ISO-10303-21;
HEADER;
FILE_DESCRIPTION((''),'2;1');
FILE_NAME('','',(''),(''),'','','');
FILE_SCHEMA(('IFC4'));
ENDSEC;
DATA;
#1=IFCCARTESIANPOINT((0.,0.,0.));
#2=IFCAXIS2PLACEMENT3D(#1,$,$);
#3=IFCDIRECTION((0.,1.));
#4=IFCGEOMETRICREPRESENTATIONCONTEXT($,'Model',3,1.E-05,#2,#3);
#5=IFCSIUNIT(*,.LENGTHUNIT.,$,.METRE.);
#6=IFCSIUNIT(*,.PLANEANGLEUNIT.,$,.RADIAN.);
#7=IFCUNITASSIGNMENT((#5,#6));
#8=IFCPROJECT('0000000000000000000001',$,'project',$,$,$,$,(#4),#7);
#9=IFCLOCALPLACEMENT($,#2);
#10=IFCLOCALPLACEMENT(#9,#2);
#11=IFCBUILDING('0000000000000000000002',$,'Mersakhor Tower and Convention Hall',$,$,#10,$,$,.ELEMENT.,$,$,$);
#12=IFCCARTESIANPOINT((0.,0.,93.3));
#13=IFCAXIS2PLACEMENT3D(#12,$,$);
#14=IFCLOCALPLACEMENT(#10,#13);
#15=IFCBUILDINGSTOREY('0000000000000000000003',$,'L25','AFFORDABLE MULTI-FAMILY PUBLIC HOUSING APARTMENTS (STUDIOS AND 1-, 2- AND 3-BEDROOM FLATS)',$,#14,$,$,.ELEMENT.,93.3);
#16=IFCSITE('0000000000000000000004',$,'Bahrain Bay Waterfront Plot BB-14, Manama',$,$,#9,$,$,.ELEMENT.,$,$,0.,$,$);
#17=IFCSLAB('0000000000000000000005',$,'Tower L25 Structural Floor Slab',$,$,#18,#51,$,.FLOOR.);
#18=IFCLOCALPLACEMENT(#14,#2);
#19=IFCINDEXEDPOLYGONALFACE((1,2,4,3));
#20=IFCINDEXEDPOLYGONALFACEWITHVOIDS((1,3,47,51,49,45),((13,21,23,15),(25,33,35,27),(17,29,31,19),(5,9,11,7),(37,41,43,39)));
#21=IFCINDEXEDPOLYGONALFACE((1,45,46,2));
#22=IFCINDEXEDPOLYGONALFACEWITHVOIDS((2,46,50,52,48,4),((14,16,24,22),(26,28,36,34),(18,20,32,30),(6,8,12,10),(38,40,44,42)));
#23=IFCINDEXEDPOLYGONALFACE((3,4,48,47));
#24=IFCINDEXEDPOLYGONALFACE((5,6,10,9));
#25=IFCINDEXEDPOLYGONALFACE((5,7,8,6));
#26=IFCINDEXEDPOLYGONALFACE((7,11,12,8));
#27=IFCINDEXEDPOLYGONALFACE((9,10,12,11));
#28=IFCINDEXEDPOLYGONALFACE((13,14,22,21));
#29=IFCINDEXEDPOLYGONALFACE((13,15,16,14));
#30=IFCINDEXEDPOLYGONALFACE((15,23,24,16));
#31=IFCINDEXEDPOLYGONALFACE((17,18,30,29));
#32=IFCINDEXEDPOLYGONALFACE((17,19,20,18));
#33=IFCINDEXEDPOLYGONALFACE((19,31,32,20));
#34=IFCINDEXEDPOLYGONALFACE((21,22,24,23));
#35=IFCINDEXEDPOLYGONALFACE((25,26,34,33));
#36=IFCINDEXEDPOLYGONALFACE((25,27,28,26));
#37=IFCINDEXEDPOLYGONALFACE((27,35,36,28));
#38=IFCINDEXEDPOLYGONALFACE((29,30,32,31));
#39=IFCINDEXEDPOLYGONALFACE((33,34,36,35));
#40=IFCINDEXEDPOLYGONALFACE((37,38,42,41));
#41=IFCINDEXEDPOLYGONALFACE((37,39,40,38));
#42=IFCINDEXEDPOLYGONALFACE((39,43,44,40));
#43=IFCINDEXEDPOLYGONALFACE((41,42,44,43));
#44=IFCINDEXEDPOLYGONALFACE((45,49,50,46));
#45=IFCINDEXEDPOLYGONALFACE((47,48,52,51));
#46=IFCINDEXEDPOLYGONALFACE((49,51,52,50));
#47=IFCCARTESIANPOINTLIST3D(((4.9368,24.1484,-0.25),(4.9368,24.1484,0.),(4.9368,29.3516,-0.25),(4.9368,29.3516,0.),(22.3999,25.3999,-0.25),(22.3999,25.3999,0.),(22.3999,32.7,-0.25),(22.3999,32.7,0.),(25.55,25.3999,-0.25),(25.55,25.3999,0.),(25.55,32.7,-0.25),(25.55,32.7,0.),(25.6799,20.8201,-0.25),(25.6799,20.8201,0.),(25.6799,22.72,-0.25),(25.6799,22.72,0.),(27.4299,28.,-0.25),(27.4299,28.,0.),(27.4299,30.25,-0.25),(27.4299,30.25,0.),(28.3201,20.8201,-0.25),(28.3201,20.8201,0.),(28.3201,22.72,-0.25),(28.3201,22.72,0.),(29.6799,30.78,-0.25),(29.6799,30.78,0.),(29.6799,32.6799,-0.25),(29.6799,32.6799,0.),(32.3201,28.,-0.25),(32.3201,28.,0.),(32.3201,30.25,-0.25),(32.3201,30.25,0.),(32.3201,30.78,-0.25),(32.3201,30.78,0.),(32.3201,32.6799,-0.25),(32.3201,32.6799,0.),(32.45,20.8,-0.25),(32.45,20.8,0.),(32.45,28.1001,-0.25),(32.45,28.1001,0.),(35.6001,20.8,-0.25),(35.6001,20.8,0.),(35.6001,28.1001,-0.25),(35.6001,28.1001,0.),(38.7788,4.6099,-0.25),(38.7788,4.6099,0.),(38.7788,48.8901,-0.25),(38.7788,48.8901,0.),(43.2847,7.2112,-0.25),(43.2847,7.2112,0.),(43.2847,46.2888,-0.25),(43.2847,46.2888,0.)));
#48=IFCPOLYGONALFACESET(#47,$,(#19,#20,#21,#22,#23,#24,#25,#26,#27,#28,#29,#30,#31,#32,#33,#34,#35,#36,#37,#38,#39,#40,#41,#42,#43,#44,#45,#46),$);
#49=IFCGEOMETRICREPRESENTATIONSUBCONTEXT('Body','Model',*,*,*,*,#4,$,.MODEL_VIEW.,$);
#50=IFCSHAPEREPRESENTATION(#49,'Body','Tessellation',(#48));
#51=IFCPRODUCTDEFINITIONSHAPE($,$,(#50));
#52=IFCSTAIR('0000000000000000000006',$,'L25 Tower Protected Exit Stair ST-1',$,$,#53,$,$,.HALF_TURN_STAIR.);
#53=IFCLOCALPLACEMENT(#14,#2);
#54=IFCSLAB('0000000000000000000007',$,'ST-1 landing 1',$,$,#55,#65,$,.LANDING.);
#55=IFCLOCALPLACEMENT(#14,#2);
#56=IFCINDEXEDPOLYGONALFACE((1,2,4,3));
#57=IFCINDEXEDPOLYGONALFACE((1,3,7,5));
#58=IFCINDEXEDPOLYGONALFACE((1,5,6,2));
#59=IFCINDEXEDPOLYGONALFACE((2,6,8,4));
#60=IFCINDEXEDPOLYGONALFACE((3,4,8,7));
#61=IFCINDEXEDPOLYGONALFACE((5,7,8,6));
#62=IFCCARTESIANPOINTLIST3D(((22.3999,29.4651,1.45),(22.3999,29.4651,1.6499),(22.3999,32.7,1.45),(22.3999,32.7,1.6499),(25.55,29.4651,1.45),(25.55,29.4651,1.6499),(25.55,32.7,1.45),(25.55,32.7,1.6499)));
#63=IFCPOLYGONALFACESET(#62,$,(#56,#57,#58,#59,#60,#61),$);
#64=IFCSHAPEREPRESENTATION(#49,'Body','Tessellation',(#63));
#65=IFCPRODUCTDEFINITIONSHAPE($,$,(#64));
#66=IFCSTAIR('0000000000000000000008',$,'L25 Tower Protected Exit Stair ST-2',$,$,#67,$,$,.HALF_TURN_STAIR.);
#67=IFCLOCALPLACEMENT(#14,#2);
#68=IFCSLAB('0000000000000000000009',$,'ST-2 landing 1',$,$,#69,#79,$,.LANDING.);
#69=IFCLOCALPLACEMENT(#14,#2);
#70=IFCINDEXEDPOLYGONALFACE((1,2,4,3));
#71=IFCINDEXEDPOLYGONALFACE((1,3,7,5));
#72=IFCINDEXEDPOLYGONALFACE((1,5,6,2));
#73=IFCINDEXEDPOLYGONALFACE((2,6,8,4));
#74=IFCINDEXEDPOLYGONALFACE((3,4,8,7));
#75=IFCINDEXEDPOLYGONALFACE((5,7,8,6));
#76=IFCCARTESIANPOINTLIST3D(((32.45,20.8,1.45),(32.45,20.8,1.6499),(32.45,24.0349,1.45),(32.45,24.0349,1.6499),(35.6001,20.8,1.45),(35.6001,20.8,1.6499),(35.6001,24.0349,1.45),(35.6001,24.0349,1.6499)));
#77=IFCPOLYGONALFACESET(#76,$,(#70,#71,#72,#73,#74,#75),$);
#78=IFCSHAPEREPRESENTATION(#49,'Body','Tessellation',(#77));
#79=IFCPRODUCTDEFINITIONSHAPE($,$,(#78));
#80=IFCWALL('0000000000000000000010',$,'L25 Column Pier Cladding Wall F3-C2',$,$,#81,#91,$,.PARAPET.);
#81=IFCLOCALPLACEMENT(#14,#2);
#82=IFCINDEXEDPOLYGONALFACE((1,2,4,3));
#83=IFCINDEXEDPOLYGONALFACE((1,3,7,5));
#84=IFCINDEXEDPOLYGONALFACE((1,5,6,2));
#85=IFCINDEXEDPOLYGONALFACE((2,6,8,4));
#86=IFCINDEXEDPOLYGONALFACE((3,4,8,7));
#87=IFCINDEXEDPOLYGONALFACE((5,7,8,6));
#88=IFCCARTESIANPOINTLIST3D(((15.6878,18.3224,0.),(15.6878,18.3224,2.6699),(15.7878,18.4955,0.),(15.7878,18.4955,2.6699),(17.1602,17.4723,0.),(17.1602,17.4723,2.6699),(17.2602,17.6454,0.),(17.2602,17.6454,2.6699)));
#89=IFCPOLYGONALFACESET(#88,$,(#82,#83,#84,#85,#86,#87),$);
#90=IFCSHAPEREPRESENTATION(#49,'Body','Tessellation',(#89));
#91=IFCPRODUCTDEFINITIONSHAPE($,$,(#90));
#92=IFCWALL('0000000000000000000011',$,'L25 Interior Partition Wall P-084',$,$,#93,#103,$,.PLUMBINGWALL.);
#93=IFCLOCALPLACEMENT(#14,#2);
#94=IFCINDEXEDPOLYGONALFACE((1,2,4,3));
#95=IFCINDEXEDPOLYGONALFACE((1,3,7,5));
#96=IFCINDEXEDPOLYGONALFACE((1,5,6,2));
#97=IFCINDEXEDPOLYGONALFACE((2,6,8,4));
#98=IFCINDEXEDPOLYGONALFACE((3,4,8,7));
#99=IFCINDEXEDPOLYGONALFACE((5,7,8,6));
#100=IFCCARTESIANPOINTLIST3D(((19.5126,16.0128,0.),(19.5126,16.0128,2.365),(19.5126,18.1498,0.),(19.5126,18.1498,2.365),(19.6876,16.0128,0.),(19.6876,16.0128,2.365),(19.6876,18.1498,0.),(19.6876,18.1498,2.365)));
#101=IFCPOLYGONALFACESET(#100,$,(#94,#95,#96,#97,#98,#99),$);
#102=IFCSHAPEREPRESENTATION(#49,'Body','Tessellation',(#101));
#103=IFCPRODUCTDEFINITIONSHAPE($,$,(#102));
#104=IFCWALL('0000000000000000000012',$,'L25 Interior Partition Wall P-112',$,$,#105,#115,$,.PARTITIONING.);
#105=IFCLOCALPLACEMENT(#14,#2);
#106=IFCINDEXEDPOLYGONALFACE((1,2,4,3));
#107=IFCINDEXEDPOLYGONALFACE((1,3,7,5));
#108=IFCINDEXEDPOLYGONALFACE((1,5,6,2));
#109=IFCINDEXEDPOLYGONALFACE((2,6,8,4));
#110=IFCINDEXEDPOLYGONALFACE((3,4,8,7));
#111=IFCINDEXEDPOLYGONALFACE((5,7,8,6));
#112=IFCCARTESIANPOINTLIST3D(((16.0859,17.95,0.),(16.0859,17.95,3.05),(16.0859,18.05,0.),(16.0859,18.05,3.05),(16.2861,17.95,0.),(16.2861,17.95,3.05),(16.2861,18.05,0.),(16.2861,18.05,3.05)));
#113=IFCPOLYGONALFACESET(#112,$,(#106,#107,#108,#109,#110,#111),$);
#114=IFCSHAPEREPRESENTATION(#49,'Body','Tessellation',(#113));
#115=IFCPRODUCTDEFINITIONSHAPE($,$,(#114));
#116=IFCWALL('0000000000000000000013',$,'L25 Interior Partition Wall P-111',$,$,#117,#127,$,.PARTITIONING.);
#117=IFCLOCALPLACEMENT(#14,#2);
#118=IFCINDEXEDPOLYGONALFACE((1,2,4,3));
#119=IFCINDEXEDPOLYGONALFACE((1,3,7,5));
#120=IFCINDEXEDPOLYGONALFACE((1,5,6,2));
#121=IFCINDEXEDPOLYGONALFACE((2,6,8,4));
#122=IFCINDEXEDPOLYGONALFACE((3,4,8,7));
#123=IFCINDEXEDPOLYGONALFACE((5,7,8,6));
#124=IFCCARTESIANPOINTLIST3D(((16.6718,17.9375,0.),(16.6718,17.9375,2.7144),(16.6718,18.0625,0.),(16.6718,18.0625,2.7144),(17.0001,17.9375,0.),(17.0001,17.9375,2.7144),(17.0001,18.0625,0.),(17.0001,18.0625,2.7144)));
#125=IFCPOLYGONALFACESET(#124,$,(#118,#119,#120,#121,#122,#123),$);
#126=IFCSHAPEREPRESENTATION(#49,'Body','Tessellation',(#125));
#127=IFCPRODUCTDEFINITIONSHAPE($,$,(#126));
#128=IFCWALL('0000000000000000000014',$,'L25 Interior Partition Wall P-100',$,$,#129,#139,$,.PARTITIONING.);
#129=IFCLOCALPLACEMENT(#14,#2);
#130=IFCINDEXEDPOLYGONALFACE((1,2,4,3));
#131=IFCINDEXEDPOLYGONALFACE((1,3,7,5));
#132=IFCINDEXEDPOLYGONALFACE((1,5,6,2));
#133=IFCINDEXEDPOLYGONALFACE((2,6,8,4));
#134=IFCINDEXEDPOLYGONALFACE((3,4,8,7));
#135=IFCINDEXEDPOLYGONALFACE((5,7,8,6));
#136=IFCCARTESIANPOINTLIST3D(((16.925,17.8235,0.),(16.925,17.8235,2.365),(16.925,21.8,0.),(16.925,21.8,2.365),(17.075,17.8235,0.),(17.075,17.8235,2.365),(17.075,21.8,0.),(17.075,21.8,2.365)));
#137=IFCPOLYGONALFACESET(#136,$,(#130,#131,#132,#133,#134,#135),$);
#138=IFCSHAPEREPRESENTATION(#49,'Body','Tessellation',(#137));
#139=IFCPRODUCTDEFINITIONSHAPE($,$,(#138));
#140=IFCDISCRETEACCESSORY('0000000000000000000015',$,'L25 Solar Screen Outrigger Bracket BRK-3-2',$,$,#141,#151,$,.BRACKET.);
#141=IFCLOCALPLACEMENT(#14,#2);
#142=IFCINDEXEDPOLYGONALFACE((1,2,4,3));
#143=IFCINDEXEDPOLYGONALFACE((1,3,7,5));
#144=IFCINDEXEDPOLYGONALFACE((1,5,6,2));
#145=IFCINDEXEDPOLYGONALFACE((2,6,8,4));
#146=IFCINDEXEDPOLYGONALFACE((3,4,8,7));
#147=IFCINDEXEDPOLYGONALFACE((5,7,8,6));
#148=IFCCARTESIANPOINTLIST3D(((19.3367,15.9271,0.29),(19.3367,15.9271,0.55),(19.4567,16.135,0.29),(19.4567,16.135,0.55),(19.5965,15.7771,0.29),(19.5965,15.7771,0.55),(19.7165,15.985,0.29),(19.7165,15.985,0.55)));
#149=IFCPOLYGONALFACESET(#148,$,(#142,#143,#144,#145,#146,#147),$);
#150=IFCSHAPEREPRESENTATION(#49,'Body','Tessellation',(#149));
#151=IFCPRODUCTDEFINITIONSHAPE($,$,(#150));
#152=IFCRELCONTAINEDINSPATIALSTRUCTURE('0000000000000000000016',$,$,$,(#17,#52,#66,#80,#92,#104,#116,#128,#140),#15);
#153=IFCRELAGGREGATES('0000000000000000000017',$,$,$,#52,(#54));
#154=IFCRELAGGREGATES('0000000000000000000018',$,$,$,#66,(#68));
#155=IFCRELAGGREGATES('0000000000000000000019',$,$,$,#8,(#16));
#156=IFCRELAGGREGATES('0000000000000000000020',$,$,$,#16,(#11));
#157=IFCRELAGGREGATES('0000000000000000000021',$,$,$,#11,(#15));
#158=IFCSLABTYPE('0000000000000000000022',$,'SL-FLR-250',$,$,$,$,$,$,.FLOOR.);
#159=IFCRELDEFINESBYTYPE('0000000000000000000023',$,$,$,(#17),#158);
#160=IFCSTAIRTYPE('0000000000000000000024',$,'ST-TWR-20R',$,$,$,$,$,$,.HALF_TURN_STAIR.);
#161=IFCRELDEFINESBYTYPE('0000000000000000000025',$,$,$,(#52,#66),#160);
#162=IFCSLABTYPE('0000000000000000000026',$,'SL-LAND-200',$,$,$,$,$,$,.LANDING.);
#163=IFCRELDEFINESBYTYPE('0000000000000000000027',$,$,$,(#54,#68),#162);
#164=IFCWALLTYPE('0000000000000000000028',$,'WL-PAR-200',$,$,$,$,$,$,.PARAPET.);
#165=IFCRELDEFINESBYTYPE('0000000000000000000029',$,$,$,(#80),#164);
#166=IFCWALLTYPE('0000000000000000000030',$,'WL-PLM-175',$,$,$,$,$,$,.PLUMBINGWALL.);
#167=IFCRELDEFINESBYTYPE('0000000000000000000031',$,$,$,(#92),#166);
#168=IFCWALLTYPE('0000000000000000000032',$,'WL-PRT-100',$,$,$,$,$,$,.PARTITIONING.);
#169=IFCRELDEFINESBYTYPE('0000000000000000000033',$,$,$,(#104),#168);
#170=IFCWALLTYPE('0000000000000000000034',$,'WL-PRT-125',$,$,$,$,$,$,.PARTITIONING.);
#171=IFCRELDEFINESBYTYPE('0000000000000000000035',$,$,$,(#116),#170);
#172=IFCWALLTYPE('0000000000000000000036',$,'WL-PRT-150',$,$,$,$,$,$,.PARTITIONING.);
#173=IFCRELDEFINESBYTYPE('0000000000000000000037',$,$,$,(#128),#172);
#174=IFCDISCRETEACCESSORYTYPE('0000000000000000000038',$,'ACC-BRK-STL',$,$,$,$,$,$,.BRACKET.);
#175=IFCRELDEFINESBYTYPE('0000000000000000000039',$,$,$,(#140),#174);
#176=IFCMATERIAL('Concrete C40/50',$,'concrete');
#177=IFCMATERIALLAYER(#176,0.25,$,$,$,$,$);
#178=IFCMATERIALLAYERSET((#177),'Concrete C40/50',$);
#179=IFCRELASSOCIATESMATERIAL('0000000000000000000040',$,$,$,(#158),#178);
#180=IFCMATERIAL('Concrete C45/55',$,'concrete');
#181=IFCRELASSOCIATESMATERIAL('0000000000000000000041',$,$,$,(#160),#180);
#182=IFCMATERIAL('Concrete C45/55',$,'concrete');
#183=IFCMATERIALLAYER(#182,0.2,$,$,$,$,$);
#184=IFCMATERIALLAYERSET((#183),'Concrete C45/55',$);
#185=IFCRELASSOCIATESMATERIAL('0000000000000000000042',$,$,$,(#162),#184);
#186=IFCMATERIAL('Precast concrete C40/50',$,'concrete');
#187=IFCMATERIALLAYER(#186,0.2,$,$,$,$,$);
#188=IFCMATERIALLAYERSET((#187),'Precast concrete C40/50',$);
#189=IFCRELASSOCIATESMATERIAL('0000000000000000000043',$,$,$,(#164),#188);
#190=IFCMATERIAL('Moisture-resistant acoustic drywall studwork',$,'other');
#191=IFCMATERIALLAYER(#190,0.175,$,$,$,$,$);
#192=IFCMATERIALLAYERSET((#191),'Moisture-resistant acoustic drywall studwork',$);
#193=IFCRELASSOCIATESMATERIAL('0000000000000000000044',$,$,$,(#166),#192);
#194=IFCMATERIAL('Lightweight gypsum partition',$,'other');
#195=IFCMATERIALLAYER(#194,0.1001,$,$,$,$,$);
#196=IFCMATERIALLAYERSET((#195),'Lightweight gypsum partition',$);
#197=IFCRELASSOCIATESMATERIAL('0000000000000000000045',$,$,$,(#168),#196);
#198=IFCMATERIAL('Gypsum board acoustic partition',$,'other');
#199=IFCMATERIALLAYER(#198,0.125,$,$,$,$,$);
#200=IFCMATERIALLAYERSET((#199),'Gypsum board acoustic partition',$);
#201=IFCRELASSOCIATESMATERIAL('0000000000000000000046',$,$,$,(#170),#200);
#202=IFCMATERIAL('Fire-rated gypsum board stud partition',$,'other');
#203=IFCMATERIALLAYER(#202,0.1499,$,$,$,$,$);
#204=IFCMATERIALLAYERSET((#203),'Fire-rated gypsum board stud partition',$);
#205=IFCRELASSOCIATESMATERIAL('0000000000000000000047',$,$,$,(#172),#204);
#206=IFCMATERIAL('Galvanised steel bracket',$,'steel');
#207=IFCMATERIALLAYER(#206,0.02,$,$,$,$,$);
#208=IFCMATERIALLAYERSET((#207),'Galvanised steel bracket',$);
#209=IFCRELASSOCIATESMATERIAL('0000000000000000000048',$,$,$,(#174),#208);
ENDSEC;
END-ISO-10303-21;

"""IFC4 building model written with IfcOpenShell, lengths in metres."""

from ifc_helpers import new_model, si_unit, direction, frame, frame_2d, origin, origin_2d, place, context, subcontext, project, spatial, polyline, rectangle, outline, extrude, material, layer, layer_set, type_object, element, aggregate, save


model = new_model("IFC4")

# Units and contexts
model_context = context("Model", 3, precision=1e-05, world=origin(), true_north=direction((0.0, 1.0)))
body_context = subcontext(model_context, "Body", "Model", "MODEL_VIEW")
ifc_project = project(units=[si_unit("LENGTHUNIT", "METRE"), si_unit("PLANEANGLEUNIT", "RADIAN")], contexts=[model_context])

# Site, building, storey
site_placement = place(None, origin())
site = spatial("IfcSite", under=ifc_project, at=site_placement, Name="Bahrain Bay Waterfront Plot BB-14, Manama", CompositionType="ELEMENT", RefElevation=0.0)
building_placement = place(site_placement, origin())
building = spatial("IfcBuilding", under=site, at=building_placement, Name="Mersakhor Tower and Convention Hall", CompositionType="ELEMENT")
storey_placement = place(building_placement, frame((0.0, 0.0, 93.3)))
storey = spatial("IfcBuildingStorey", under=building, at=storey_placement, Name="L25", Description="AFFORDABLE MULTI-FAMILY PUBLIC HOUSING APARTMENTS (STUDIOS AND 1-, 2- AND 3-BEDROOM FLATS)", CompositionType="ELEMENT", Elevation=93.3)

# Slab
ifc_material_1 = material(Name="Concrete C40/50", Category="concrete")
ifc_layer_1 = layer(ifc_material_1, 0.25)
ifc_layer_set_1 = layer_set([ifc_layer_1], Name="Concrete C40/50")
slab_type_1 = type_object("IfcSlabType", Name="SL-FLR-250", PredefinedType="FLOOR", material=ifc_layer_set_1)
slab_1_placement = place(storey_placement, frame((0.0, 0.0, -0.25)))
element("IfcSlab", 1, at=slab_1_placement, inside=storey, type_object=slab_type_1, Name="Tower L25 Structural Floor Slab", PredefinedType="FLOOR", context=body_context, shape_type="SweptSolid", body=[
    extrude(outline(polyline([(4.9368, 29.3516), (38.7788, 48.8901), (43.2847, 46.2888), (43.2847, 7.2112), (38.7788, 4.6099), (4.9368, 24.1484), (4.9368, 29.3516)]), holes=[polyline([(25.55, 25.3999), (25.55, 32.7), (22.3999, 32.7), (22.3999, 25.3999), (25.55, 25.3999)]), polyline([(32.45, 28.1001), (32.45, 20.8), (35.6001, 20.8), (35.6001, 28.1001), (32.45, 28.1001)]), polyline([(25.6799, 20.8201), (25.6799, 22.72), (28.3201, 22.72), (28.3201, 20.8201), (25.6799, 20.8201)]), polyline([(29.6799, 30.78), (29.6799, 32.6799), (32.3201, 32.6799), (32.3201, 30.78), (29.6799, 30.78)]), polyline([(27.4299, 28.0), (27.4299, 30.25), (32.3201, 30.25), (32.3201, 28.0), (27.4299, 28.0)])]), origin(), (0.0, 0.0, 1.0), 0.25),
])

# Stairs, slabs
ifc_material_2 = material(Name="Concrete C45/55", Category="concrete")
stair_type = type_object("IfcStairType", Name="ST-TWR-20R", PredefinedType="HALF_TURN_STAIR", material=ifc_material_2)
stair_1_placement = place(storey_placement, origin())
stair_1 = element("IfcStair", 2, at=stair_1_placement, inside=storey, type_object=stair_type, Name="L25 Tower Protected Exit Stair ST-1", PredefinedType="HALF_TURN_STAIR")
ifc_material_3 = material(Name="Concrete C45/55", Category="concrete")
ifc_layer_2 = layer(ifc_material_3, 0.2)
ifc_layer_set_2 = layer_set([ifc_layer_2], Name="Concrete C45/55")
slab_type_2 = type_object("IfcSlabType", Name="SL-LAND-200", PredefinedType="LANDING", material=ifc_layer_set_2)
slab_2_placement = place(storey_placement, frame((0.0, 0.0, 1.45)))
slab_2 = element("IfcSlab", 3, at=slab_2_placement, type_object=slab_type_2, Name="ST-1 landing 1", PredefinedType="LANDING", context=body_context, shape_type="SweptSolid", body=[
    extrude(outline(polyline([(25.55, 29.4651), (25.55, 32.7), (22.3999, 32.7), (22.3999, 29.4651), (25.55, 29.4651)])), origin(), (0.0, 0.0, 1.0), 0.2),
])
aggregate(stair_1, [slab_2])
stair_2_placement = place(storey_placement, origin())
stair_2 = element("IfcStair", 4, at=stair_2_placement, inside=storey, type_object=stair_type, Name="L25 Tower Protected Exit Stair ST-2", PredefinedType="HALF_TURN_STAIR")
slab_3_placement = place(storey_placement, frame((0.0, 0.0, 1.45)))
slab_3 = element("IfcSlab", 5, at=slab_3_placement, type_object=slab_type_2, Name="ST-2 landing 1", PredefinedType="LANDING", context=body_context, shape_type="SweptSolid", body=[
    extrude(outline(polyline([(32.45, 24.0349), (32.45, 20.8), (35.6001, 20.8), (35.6001, 24.0349), (32.45, 24.0349)])), origin(), (0.0, 0.0, 1.0), 0.2),
])
aggregate(stair_2, [slab_3])

# Walls
ifc_material_4 = material(Name="Precast concrete C40/50", Category="concrete")
ifc_layer_3 = layer(ifc_material_4, 0.2)
ifc_layer_set_3 = layer_set([ifc_layer_3], Name="Precast concrete C40/50")
wall_type_1 = type_object("IfcWallType", Name="WL-PAR-200", PredefinedType="PARAPET", material=ifc_layer_set_3)
wall_1_placement = place(storey_placement, frame((17.2102, 17.5588, 0.0), z_axis=(0.0, 0.0, 1.0), x_axis=(-0.866025, 0.5, 0.0)))
element("IfcWall", 6, at=wall_1_placement, inside=storey, type_object=wall_type_1, Name="L25 Column Pier Cladding Wall F3-C2", PredefinedType="PARAPET", context=body_context, shape_type="SweptSolid", body=[
    extrude(rectangle(XDim=1.7002, YDim=0.2, at=frame_2d((0.8501, 0.0))), origin(), (0.0, 0.0, 1.0), 2.6699),
])
ifc_material_5 = material(Name="Moisture-resistant acoustic drywall studwork", Category="other")
ifc_layer_4 = layer(ifc_material_5, 0.175)
ifc_layer_set_4 = layer_set([ifc_layer_4], Name="Moisture-resistant acoustic drywall studwork")
wall_type_2 = type_object("IfcWallType", Name="WL-PLM-175", PredefinedType="PLUMBINGWALL", material=ifc_layer_set_4)
wall_2_placement = place(storey_placement, frame((19.6001, 16.0129, 0.0), z_axis=(0.0, 0.0, 1.0), x_axis=(0.0, 1.0, 0.0)))
element("IfcWall", 7, at=wall_2_placement, inside=storey, type_object=wall_type_2, Name="L25 Interior Partition Wall P-084", PredefinedType="PLUMBINGWALL", context=body_context, shape_type="SweptSolid", body=[
    extrude(rectangle(XDim=2.137, YDim=0.175, at=frame_2d((1.0684, 0.0))), origin(), (0.0, 0.0, 1.0), 2.365),
])
ifc_material_6 = material(Name="Lightweight gypsum partition", Category="other")
ifc_layer_5 = layer(ifc_material_6, 0.1001)
ifc_layer_set_5 = layer_set([ifc_layer_5], Name="Lightweight gypsum partition")
wall_type_3 = type_object("IfcWallType", Name="WL-PRT-100", PredefinedType="PARTITIONING", material=ifc_layer_set_5)
wall_3_placement = place(storey_placement, frame((16.2861, 18.0, 0.0), z_axis=(0.0, 0.0, 1.0), x_axis=(-1.0, 0.0, 0.0)))
element("IfcWall", 8, at=wall_3_placement, inside=storey, type_object=wall_type_3, Name="L25 Interior Partition Wall P-112", PredefinedType="PARTITIONING", context=body_context, shape_type="SweptSolid", body=[
    extrude(rectangle(XDim=0.2002, YDim=0.1001, at=frame_2d((0.1001, 0.0))), origin(), (0.0, 0.0, 1.0), 3.05),
])
ifc_material_7 = material(Name="Gypsum board acoustic partition", Category="other")
ifc_layer_6 = layer(ifc_material_7, 0.125)
ifc_layer_set_6 = layer_set([ifc_layer_6], Name="Gypsum board acoustic partition")
wall_type_4 = type_object("IfcWallType", Name="WL-PRT-125", PredefinedType="PARTITIONING", material=ifc_layer_set_6)
wall_4_placement = place(storey_placement, frame((17.0, 18.0, 0.0), z_axis=(0.0, 0.0, 1.0), x_axis=(-1.0, 0.0, 0.0)))
element("IfcWall", 9, at=wall_4_placement, inside=storey, type_object=wall_type_4, Name="L25 Interior Partition Wall P-111", PredefinedType="PARTITIONING", context=body_context, shape_type="SweptSolid", body=[
    extrude(rectangle(XDim=0.3284, YDim=0.125, at=frame_2d((0.1641, 0.0))), origin(), (0.0, 0.0, 1.0), 2.7144),
])
ifc_material_8 = material(Name="Fire-rated gypsum board stud partition", Category="other")
ifc_layer_7 = layer(ifc_material_8, 0.1499)
ifc_layer_set_7 = layer_set([ifc_layer_7], Name="Fire-rated gypsum board stud partition")
wall_type_5 = type_object("IfcWallType", Name="WL-PRT-150", PredefinedType="PARTITIONING", material=ifc_layer_set_7)
wall_5_placement = place(storey_placement, frame((17.0, 17.8235, 0.0), z_axis=(0.0, 0.0, 1.0), x_axis=(0.0, 1.0, 0.0)))
element("IfcWall", 10, at=wall_5_placement, inside=storey, type_object=wall_type_5, Name="L25 Interior Partition Wall P-100", PredefinedType="PARTITIONING", context=body_context, shape_type="SweptSolid", body=[
    extrude(rectangle(XDim=3.9766, YDim=0.1499, at=frame_2d((1.9883, 0.0))), origin(), (0.0, 0.0, 1.0), 2.365),
])

# Discrete accessory
ifc_material_9 = material(Name="Galvanised steel bracket", Category="steel")
ifc_layer_8 = layer(ifc_material_9, 0.02)
ifc_layer_set_8 = layer_set([ifc_layer_8], Name="Galvanised steel bracket")
discrete_accessory_type = type_object("IfcDiscreteAccessoryType", Name="ACC-BRK-STL", PredefinedType="BRACKET", material=ifc_layer_set_8)
discrete_accessory_placement = place(storey_placement, frame((19.5266, 15.9561, 0.29), z_axis=(0.0, 0.0, 1.0), x_axis=(-0.866025, 0.5, 0.0)))
element("IfcDiscreteAccessory", 11, at=discrete_accessory_placement, inside=storey, type_object=discrete_accessory_type, Name="L25 Solar Screen Outrigger Bracket BRK-3-2", PredefinedType="BRACKET", context=body_context, shape_type="SweptSolid", body=[
    extrude(rectangle(XDim=0.3, YDim=0.24, at=origin_2d()), origin(), (0.0, 0.0, 1.0), 0.26),
])

save(model, "model.ifc")
